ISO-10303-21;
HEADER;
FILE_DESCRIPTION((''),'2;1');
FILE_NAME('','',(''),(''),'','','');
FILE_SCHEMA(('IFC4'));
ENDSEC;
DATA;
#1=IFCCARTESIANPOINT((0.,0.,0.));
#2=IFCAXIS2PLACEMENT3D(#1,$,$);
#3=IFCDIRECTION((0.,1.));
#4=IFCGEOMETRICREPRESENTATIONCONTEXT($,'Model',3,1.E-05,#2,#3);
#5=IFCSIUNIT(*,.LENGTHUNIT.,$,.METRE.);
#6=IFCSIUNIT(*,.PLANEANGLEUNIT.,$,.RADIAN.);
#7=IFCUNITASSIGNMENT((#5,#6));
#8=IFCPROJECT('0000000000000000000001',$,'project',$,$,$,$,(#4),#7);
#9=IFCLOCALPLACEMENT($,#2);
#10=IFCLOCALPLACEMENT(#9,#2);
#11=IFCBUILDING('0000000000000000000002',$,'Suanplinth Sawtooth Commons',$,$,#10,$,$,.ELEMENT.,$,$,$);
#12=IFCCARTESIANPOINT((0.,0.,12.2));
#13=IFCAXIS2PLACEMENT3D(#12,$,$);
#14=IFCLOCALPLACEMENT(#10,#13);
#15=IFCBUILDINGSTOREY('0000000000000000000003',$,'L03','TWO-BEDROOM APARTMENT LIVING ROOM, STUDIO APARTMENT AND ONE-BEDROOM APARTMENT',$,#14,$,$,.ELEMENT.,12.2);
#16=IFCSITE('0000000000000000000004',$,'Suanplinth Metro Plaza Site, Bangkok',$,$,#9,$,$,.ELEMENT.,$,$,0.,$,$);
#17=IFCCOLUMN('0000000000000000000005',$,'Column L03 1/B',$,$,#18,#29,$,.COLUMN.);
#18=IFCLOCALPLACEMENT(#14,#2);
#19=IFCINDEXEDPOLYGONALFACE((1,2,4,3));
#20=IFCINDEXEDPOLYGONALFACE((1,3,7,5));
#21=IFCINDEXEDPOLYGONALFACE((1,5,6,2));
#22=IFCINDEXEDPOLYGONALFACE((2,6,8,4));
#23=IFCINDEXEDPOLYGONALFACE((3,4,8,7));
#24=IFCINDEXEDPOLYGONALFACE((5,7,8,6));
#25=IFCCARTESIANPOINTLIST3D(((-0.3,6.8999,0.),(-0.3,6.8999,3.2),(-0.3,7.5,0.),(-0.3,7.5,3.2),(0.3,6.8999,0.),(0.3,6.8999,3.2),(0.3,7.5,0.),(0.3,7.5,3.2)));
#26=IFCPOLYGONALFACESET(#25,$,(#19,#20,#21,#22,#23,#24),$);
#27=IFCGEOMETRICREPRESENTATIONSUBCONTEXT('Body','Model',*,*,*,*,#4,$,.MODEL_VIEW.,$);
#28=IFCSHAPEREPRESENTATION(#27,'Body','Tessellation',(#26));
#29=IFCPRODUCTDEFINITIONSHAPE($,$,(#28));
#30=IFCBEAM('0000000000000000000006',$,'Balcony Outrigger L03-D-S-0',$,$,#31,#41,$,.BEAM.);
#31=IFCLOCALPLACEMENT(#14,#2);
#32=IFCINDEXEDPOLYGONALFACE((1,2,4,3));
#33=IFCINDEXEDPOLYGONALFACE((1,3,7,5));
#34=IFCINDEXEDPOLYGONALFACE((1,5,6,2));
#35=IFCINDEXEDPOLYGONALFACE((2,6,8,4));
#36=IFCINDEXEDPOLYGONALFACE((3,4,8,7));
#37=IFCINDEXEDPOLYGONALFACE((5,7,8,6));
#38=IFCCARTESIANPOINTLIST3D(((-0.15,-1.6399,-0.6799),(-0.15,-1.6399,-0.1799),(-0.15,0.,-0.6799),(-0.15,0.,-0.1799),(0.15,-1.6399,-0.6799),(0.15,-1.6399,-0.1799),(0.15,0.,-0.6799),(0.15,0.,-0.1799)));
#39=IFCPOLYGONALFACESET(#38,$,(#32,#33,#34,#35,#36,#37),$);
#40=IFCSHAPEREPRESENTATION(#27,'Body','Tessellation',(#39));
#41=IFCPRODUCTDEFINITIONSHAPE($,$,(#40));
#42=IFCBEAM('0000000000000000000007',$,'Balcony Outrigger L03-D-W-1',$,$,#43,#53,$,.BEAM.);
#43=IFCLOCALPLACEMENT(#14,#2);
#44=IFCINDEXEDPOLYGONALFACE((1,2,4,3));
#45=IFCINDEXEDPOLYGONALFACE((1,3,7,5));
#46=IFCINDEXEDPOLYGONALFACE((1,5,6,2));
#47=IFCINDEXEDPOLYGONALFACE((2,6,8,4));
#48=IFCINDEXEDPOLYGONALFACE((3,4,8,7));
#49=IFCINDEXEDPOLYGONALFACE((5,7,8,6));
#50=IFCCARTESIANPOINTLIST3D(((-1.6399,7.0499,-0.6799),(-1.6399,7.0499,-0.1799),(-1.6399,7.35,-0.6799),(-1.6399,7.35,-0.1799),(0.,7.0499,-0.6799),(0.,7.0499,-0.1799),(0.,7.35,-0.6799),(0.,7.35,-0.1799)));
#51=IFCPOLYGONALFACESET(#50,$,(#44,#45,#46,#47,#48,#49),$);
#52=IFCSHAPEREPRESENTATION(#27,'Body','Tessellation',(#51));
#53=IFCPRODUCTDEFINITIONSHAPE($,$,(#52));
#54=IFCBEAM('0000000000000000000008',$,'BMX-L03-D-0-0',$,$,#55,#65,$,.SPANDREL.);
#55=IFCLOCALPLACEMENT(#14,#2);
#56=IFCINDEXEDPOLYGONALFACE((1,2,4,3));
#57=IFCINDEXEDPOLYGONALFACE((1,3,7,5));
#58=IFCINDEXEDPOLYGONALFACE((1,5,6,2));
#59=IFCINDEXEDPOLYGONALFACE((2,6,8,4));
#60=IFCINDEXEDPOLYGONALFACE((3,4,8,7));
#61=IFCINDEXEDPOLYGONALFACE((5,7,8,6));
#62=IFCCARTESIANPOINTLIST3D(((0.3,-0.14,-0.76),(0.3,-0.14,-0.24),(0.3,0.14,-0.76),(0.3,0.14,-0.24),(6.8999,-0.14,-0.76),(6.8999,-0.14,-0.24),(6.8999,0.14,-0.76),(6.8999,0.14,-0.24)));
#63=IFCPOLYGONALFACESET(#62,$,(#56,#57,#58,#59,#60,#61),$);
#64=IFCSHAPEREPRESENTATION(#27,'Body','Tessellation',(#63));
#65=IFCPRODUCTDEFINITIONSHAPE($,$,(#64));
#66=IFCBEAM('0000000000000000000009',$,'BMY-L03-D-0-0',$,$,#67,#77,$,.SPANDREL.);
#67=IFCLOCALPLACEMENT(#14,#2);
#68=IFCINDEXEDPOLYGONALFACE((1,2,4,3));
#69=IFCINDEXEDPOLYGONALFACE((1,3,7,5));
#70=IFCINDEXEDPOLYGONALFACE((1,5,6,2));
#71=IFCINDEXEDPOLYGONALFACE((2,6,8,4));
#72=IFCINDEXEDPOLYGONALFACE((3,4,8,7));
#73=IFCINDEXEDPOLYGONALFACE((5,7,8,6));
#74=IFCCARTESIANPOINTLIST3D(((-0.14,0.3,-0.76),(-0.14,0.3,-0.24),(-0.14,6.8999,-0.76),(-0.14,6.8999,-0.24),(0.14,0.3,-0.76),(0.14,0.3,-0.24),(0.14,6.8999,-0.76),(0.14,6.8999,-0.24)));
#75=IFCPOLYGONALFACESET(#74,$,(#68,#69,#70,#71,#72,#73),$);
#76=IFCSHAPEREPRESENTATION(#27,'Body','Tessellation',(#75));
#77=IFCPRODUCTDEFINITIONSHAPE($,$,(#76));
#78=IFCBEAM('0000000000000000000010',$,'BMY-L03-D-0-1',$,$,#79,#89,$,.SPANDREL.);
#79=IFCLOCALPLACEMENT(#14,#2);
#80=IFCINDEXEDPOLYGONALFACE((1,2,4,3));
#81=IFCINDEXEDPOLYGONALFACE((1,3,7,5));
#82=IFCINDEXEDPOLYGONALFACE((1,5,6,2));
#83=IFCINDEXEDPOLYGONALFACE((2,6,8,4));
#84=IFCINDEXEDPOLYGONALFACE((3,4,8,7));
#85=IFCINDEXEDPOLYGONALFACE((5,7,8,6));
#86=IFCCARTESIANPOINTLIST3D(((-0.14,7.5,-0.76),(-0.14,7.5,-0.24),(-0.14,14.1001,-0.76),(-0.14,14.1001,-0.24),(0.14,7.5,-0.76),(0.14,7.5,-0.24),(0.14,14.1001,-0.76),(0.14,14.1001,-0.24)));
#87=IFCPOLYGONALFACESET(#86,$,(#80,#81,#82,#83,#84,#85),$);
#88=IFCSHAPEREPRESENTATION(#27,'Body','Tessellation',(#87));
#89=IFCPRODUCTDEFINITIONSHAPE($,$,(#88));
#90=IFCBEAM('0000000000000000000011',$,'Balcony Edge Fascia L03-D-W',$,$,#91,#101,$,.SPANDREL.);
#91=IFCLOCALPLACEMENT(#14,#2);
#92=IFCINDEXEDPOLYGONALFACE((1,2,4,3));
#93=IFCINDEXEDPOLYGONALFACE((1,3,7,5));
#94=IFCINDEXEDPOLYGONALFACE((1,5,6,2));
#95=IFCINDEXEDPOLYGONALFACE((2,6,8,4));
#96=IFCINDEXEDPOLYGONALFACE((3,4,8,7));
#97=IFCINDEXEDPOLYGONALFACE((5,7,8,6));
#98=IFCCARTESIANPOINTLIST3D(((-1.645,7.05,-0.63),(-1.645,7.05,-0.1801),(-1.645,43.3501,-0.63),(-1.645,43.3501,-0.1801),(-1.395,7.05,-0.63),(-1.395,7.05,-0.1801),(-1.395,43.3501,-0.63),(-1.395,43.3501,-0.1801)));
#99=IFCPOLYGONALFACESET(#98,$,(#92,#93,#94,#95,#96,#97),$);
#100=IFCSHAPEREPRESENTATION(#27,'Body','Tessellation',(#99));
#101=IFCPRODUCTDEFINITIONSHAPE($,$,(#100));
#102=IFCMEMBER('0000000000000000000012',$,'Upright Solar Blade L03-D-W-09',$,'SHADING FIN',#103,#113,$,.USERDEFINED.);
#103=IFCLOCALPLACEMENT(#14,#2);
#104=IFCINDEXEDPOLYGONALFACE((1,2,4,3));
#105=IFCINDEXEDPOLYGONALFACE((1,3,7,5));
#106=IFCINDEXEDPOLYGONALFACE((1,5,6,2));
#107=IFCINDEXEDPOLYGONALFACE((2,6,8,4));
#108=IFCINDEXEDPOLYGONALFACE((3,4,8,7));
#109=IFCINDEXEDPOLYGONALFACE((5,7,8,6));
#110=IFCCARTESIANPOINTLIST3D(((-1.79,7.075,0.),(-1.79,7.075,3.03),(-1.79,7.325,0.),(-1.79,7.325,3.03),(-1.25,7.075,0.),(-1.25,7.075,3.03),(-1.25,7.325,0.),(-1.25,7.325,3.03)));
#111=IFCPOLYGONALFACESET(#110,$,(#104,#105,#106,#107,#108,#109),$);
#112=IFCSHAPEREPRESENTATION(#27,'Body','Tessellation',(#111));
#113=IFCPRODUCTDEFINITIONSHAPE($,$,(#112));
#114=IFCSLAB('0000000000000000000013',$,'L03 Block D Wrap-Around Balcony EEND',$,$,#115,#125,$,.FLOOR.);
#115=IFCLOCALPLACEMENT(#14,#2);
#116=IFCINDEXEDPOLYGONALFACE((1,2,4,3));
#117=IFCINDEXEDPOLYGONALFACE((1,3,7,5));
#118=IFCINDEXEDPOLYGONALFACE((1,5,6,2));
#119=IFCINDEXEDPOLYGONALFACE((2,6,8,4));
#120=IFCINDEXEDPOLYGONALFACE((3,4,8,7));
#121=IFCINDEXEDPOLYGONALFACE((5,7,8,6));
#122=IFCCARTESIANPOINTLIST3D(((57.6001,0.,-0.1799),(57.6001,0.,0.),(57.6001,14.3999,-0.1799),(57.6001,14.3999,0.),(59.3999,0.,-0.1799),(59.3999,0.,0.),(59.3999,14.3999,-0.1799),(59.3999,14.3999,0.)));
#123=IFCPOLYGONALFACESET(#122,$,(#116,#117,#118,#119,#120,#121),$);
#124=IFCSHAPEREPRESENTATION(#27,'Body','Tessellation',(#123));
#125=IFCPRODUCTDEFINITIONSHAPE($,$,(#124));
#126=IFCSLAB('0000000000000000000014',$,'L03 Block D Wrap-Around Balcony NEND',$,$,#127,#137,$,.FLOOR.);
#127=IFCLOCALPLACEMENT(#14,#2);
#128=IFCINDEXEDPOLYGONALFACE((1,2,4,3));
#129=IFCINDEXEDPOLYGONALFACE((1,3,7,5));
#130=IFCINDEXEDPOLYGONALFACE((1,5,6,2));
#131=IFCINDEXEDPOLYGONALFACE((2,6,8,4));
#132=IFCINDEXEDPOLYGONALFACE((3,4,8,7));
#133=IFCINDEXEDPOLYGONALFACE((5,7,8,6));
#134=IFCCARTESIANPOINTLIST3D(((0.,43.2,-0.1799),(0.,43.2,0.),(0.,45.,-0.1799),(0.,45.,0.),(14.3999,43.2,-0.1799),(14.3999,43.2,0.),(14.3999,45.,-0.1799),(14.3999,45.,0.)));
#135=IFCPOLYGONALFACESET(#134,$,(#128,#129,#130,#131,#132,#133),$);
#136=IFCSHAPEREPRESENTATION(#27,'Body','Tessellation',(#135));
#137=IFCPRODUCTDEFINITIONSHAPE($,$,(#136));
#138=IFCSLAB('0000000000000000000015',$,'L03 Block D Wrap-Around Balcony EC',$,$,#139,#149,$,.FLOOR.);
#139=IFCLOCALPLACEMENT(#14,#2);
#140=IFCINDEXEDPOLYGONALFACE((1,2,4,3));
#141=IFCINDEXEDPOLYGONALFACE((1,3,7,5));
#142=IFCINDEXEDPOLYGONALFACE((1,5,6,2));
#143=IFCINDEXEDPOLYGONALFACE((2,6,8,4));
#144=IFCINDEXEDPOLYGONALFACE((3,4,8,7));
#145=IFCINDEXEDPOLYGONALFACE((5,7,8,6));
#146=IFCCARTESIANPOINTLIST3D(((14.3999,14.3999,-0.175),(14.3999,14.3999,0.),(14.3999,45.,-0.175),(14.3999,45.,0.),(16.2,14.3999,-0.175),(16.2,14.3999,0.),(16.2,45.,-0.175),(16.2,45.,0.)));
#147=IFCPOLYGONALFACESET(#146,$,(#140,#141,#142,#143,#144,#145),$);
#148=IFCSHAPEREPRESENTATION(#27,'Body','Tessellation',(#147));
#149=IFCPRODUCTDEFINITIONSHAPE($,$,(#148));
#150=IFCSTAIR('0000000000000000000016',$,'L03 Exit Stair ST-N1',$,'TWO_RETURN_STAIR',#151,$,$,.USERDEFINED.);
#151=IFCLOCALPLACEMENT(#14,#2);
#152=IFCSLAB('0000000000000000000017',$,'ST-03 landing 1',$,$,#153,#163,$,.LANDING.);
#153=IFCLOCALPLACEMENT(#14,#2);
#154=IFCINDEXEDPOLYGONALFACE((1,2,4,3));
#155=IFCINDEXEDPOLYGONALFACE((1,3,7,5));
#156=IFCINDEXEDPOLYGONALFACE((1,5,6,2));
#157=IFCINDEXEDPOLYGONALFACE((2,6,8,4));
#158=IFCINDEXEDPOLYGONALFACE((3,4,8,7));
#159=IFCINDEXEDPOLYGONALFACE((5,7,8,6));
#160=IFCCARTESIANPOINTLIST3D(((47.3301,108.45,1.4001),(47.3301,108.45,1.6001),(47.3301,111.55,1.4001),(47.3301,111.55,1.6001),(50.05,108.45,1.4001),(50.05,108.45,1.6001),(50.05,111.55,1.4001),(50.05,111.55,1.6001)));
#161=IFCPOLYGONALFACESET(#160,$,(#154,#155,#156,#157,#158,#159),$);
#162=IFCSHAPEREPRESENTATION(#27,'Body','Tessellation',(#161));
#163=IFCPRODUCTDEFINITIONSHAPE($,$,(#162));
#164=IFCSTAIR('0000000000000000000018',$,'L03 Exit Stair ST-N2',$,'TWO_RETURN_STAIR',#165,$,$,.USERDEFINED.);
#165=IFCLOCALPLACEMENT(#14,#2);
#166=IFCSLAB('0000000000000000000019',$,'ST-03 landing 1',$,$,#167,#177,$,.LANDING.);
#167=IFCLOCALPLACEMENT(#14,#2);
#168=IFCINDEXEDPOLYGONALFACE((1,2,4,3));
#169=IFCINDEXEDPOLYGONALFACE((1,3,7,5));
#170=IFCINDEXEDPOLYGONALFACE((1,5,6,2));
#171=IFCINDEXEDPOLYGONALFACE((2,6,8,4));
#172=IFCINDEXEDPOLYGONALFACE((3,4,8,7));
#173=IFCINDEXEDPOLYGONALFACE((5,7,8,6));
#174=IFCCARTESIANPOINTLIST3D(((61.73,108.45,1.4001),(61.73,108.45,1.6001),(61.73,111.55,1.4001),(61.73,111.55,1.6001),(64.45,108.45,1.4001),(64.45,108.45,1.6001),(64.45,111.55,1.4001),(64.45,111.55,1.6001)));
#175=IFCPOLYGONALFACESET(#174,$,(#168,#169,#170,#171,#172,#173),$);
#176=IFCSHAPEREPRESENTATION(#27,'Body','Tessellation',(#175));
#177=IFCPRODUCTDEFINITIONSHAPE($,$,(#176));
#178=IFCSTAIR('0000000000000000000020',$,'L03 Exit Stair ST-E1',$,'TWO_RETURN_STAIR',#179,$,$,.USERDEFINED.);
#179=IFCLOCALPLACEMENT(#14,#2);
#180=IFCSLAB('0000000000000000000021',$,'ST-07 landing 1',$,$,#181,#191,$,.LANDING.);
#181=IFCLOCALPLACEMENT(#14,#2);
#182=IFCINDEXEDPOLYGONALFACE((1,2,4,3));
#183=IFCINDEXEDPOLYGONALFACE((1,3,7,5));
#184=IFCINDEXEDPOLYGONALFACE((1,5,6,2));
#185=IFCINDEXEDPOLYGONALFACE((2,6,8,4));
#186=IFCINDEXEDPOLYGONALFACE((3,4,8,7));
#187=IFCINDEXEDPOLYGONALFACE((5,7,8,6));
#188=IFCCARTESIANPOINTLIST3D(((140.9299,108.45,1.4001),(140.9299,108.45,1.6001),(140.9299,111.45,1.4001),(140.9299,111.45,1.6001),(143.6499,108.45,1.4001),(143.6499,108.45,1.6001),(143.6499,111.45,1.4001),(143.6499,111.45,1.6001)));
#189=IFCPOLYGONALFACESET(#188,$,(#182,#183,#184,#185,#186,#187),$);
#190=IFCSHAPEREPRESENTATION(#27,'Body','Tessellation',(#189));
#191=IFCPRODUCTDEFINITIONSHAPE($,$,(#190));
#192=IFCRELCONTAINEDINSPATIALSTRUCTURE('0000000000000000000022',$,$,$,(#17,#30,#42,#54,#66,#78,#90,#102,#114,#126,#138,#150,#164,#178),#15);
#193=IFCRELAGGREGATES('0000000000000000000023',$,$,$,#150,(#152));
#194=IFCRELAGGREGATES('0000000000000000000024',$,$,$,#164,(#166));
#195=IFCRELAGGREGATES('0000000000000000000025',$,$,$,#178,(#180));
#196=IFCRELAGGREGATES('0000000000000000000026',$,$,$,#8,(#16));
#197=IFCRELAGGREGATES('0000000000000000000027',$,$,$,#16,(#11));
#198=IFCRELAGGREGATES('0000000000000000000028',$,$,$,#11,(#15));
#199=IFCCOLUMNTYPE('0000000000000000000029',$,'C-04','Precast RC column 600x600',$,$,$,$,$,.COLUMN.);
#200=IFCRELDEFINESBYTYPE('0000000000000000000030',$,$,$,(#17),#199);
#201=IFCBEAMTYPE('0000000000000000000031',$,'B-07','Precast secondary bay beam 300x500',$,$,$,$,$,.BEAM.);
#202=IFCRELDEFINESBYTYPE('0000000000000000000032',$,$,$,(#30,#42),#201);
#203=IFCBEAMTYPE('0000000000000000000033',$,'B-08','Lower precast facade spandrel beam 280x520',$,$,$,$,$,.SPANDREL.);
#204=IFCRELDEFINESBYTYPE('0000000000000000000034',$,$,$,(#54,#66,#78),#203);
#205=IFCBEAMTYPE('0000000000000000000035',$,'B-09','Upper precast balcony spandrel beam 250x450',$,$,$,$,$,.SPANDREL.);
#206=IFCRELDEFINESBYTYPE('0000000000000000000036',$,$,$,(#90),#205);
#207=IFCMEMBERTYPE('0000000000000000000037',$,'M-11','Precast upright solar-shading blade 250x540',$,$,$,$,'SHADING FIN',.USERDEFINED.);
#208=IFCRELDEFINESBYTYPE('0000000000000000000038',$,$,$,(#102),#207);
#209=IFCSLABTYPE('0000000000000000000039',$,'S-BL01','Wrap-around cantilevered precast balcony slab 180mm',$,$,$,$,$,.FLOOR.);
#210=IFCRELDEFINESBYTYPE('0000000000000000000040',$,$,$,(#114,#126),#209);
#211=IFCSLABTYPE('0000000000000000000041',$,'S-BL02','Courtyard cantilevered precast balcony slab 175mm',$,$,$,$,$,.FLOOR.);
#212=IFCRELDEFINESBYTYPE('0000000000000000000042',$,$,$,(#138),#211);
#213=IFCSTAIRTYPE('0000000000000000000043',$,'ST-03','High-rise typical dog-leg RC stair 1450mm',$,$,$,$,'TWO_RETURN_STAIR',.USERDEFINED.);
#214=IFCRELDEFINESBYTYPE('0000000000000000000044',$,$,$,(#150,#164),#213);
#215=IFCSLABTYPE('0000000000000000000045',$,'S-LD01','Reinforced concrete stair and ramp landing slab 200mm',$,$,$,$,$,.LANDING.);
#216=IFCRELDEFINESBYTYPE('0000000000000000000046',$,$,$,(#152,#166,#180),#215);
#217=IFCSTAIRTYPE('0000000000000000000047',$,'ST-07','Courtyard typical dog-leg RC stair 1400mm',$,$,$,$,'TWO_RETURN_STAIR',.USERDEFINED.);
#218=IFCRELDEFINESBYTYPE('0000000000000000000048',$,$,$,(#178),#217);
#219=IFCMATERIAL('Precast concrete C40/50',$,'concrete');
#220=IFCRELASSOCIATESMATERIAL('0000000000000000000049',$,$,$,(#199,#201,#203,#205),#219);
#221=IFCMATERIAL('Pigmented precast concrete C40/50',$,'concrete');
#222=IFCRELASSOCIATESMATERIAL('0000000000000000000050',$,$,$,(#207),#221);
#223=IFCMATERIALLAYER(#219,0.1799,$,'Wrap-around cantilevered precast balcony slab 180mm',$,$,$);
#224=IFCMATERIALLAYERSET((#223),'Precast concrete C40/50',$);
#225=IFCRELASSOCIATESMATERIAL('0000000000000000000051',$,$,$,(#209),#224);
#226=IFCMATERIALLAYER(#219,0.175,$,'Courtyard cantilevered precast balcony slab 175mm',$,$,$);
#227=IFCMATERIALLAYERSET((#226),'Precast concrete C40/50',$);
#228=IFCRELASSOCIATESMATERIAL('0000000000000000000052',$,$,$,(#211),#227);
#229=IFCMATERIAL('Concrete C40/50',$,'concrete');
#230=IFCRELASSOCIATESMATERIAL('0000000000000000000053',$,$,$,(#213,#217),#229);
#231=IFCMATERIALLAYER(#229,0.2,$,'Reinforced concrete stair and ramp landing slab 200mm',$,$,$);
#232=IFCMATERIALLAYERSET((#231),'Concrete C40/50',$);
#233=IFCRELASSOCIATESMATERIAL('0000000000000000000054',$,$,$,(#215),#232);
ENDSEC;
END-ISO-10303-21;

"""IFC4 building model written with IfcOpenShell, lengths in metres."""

from ifc_helpers import new_model, si_unit, direction, frame, origin, origin_2d, place, context, subcontext, project, spatial, polyline, rectangle, outline, extrude, material, layer, layer_set, material_profile, profile_set, type_object, element, aggregate, save


model = new_model("IFC4")

# Units and contexts
model_context = context("Model", 3, precision=1e-05, world=origin(), true_north=direction((0.0, 1.0)))
body_context = subcontext(model_context, "Body", "Model", "MODEL_VIEW")
ifc_project = project(units=[si_unit("LENGTHUNIT", "METRE"), si_unit("PLANEANGLEUNIT", "RADIAN")], contexts=[model_context])

# Site, building, storey
site_placement = place(None, origin())
site = spatial("IfcSite", under=ifc_project, at=site_placement, Name="Suanplinth Metro Plaza Site, Bangkok", CompositionType="ELEMENT", RefElevation=0.0)
building_placement = place(site_placement, origin())
building = spatial("IfcBuilding", under=site, at=building_placement, Name="Suanplinth Sawtooth Commons", CompositionType="ELEMENT")
storey_placement = place(building_placement, frame((0.0, 0.0, 12.2)))
storey = spatial("IfcBuildingStorey", under=building, at=storey_placement, Name="L03", Description="TWO-BEDROOM APARTMENT LIVING ROOM, STUDIO APARTMENT AND ONE-BEDROOM APARTMENT", CompositionType="ELEMENT", Elevation=12.2)

# Column
ifc_material_1 = material(Name="Precast concrete C40/50", Category="concrete")
ifc_material_profile_1 = material_profile(ifc_material_1, rectangle(XDim=0.6001, YDim=0.6001, at=origin_2d()), Name="PC-COL 600x600")
ifc_profile_set_1 = profile_set([ifc_material_profile_1], Name="Precast concrete C40/50")
column_type = type_object("IfcColumnType", Name="C-04", Description="Precast RC column 600x600", PredefinedType="COLUMN", material=ifc_profile_set_1)
column_placement = place(storey_placement, frame((0.0, 7.2, 0.0), z_axis=(0.0, 0.0, 1.0), x_axis=(1.0, 0.0, 0.0)))
element("IfcColumn", 1, at=column_placement, inside=storey, type_object=column_type, Name="Column L03 1/B", PredefinedType="COLUMN", context=body_context, shape_type="SweptSolid", body=[
    extrude(rectangle(XDim=0.6001, YDim=0.6001, at=origin_2d()), origin(), (0.0, 0.0, 1.0), 3.2),
])

# Beams
ifc_material_profile_2 = material_profile(ifc_material_1, rectangle(XDim=0.3, YDim=0.5, at=origin_2d()), Name="PC-BM 300x500")
ifc_profile_set_2 = profile_set([ifc_material_profile_2], Name="Precast concrete C40/50")
beam_type_1 = type_object("IfcBeamType", Name="B-07", Description="Precast secondary bay beam 300x500", PredefinedType="BEAM", material=ifc_profile_set_2)
for number, where, z_axis, x_axis, name in (
    (2, (0.0, 0.0, -0.4299), (0.0, -1.0, 0.0), (1.0, 0.0, 0.0), "Balcony Outrigger L03-D-S-0"),
    (3, (0.0, 7.2, -0.4299), (-1.0, 0.0, 0.0), (0.0, -1.0, 0.0), "Balcony Outrigger L03-D-W-1"),
):
    element("IfcBeam", number, at=place(storey_placement, frame(where, z_axis=z_axis, x_axis=x_axis)), inside=storey, type_object=beam_type_1, Name=name, PredefinedType="BEAM", context=body_context, shape_type="SweptSolid", body=[
        extrude(rectangle(XDim=0.3, YDim=0.5, at=origin_2d()), origin(), (0.0, 0.0, 1.0), 1.6399),
    ])
ifc_material_profile_3 = material_profile(ifc_material_1, rectangle(XDim=0.28, YDim=0.52, at=origin_2d()), Name="PC-SP 280x520")
ifc_profile_set_3 = profile_set([ifc_material_profile_3], Name="Precast concrete C40/50")
beam_type_2 = type_object("IfcBeamType", Name="B-08", Description="Lower precast facade spandrel beam 280x520", PredefinedType="SPANDREL", material=ifc_profile_set_3)
for number, where, z_axis, x_axis, name in (
    (4, (0.3, 0.0, -0.5), (1.0, 0.0, 0.0), (0.0, 1.0, 0.0), "BMX-L03-D-0-0"),
    (5, (0.0, 0.3, -0.5), (0.0, 1.0, 0.0), (-1.0, 0.0, 0.0), "BMY-L03-D-0-0"),
):
    element("IfcBeam", number, at=place(storey_placement, frame(where, z_axis=z_axis, x_axis=x_axis)), inside=storey, type_object=beam_type_2, Name=name, PredefinedType="SPANDREL", context=body_context, shape_type="SweptSolid", body=[
        extrude(rectangle(XDim=0.28, YDim=0.52, at=origin_2d()), origin(), (0.0, 0.0, 1.0), 6.5999),
    ])
beam_1_placement = place(storey_placement, frame((0.0, 7.5, -0.5), z_axis=(0.0, 1.0, 0.0), x_axis=(-1.0, 0.0, 0.0)))
element("IfcBeam", 6, at=beam_1_placement, inside=storey, type_object=beam_type_2, Name="BMY-L03-D-0-1", PredefinedType="SPANDREL", context=body_context, shape_type="SweptSolid", body=[
    extrude(rectangle(XDim=0.28, YDim=0.52, at=origin_2d()), origin(), (0.0, 0.0, 1.0), 6.6001),
])
ifc_material_profile_4 = material_profile(ifc_material_1, rectangle(XDim=0.25, YDim=0.45, at=origin_2d()), Name="PC-SP 250x450")
ifc_profile_set_4 = profile_set([ifc_material_profile_4], Name="Precast concrete C40/50")
beam_type_3 = type_object("IfcBeamType", Name="B-09", Description="Upper precast balcony spandrel beam 250x450", PredefinedType="SPANDREL", material=ifc_profile_set_4)
beam_2_placement = place(storey_placement, frame((-1.52, 7.05, -0.405), z_axis=(0.0, 1.0, 0.0), x_axis=(-1.0, 0.0, 0.0)))
element("IfcBeam", 7, at=beam_2_placement, inside=storey, type_object=beam_type_3, Name="Balcony Edge Fascia L03-D-W", PredefinedType="SPANDREL", context=body_context, shape_type="SweptSolid", body=[
    extrude(rectangle(XDim=0.25, YDim=0.45, at=origin_2d()), origin(), (0.0, 0.0, 1.0), 36.3),
])

# Member
ifc_material_2 = material(Name="Pigmented precast concrete C40/50", Category="concrete")
ifc_material_profile_5 = material_profile(ifc_material_2, rectangle(XDim=0.25, YDim=0.54, at=origin_2d()), Name="PC-FIN 250x540")
ifc_profile_set_5 = profile_set([ifc_material_profile_5], Name="Pigmented precast concrete C40/50")
member_type = type_object("IfcMemberType", Name="M-11", Description="Precast upright solar-shading blade 250x540", ElementType="SHADING FIN", PredefinedType="USERDEFINED", material=ifc_profile_set_5)
member_placement = place(storey_placement, frame((-1.52, 7.2, 0.0), z_axis=(0.0, 0.0, 1.0), x_axis=(0.0, 1.0, 0.0)))
element("IfcMember", 8, at=member_placement, inside=storey, type_object=member_type, Name="Upright Solar Blade L03-D-W-09", ObjectType="SHADING FIN", PredefinedType="USERDEFINED", context=body_context, shape_type="SweptSolid", body=[
    extrude(rectangle(XDim=0.25, YDim=0.54, at=origin_2d()), origin(), (0.0, 0.0, 1.0), 3.03),
])

# Slabs
ifc_layer_1 = layer(ifc_material_1, 0.1799, Name="Wrap-around cantilevered precast balcony slab 180mm")
ifc_layer_set_1 = layer_set([ifc_layer_1], Name="Precast concrete C40/50")
slab_type_1 = type_object("IfcSlabType", Name="S-BL01", Description="Wrap-around cantilevered precast balcony slab 180mm", PredefinedType="FLOOR", material=ifc_layer_set_1)
slab_1_placement = place(storey_placement, frame((0.0, 0.0, -0.1799)))
element("IfcSlab", 9, at=slab_1_placement, inside=storey, type_object=slab_type_1, Name="L03 Block D Wrap-Around Balcony EEND", PredefinedType="FLOOR", context=body_context, shape_type="SweptSolid", body=[
    extrude(outline(polyline([(59.3999, 14.3999), (59.3999, 0.0), (57.6001, 0.0), (57.6001, 14.3999), (59.3999, 14.3999)])), origin(), (0.0, 0.0, 1.0), 0.1799),
])
slab_2_placement = place(storey_placement, frame((0.0, 0.0, -0.1799)))
element("IfcSlab", 10, at=slab_2_placement, inside=storey, type_object=slab_type_1, Name="L03 Block D Wrap-Around Balcony NEND", PredefinedType="FLOOR", context=body_context, shape_type="SweptSolid", body=[
    extrude(outline(polyline([(0.0, 45.0), (14.3999, 45.0), (14.3999, 43.2), (0.0, 43.2), (0.0, 45.0)])), origin(), (0.0, 0.0, 1.0), 0.1799),
])
ifc_layer_2 = layer(ifc_material_1, 0.175, Name="Courtyard cantilevered precast balcony slab 175mm")
ifc_layer_set_2 = layer_set([ifc_layer_2], Name="Precast concrete C40/50")
slab_type_2 = type_object("IfcSlabType", Name="S-BL02", Description="Courtyard cantilevered precast balcony slab 175mm", PredefinedType="FLOOR", material=ifc_layer_set_2)
slab_3_placement = place(storey_placement, frame((0.0, 0.0, -0.175)))
element("IfcSlab", 11, at=slab_3_placement, inside=storey, type_object=slab_type_2, Name="L03 Block D Wrap-Around Balcony EC", PredefinedType="FLOOR", context=body_context, shape_type="SweptSolid", body=[
    extrude(outline(polyline([(14.3999, 45.0), (16.2, 45.0), (16.2, 14.3999), (14.3999, 14.3999), (14.3999, 45.0)])), origin(), (0.0, 0.0, 1.0), 0.175),
])

# Stairs, slabs
ifc_material_3 = material(Name="Concrete C40/50", Category="concrete")
stair_type_1 = type_object("IfcStairType", Name="ST-03", Description="High-rise typical dog-leg RC stair 1450mm", ElementType="TWO_RETURN_STAIR", PredefinedType="USERDEFINED", material=ifc_material_3)
stair_1_placement = place(storey_placement, origin())
stair_1 = element("IfcStair", 12, at=stair_1_placement, inside=storey, type_object=stair_type_1, Name="L03 Exit Stair ST-N1", ObjectType="TWO_RETURN_STAIR", PredefinedType="USERDEFINED")
ifc_layer_3 = layer(ifc_material_3, 0.2, Name="Reinforced concrete stair and ramp landing slab 200mm")
ifc_layer_set_3 = layer_set([ifc_layer_3], Name="Concrete C40/50")
slab_type_3 = type_object("IfcSlabType", Name="S-LD01", Description="Reinforced concrete stair and ramp landing slab 200mm", PredefinedType="LANDING", material=ifc_layer_set_3)
slab_4_placement = place(storey_placement, frame((0.0, 0.0, 1.4001)))
slab_4 = element("IfcSlab", 13, at=slab_4_placement, type_object=slab_type_3, Name="ST-03 landing 1", PredefinedType="LANDING", context=body_context, shape_type="SweptSolid", body=[
    extrude(outline(polyline([(47.3301, 108.45), (50.05, 108.45), (50.05, 111.55), (47.3301, 111.55), (47.3301, 108.45)])), origin(), (0.0, 0.0, 1.0), 0.2),
])
aggregate(stair_1, [slab_4])
stair_2_placement = place(storey_placement, origin())
stair_2 = element("IfcStair", 14, at=stair_2_placement, inside=storey, type_object=stair_type_1, Name="L03 Exit Stair ST-N2", ObjectType="TWO_RETURN_STAIR", PredefinedType="USERDEFINED")
slab_5_placement = place(storey_placement, frame((0.0, 0.0, 1.4001)))
slab_5 = element("IfcSlab", 15, at=slab_5_placement, type_object=slab_type_3, Name="ST-03 landing 1", PredefinedType="LANDING", context=body_context, shape_type="SweptSolid", body=[
    extrude(outline(polyline([(61.73, 108.45), (64.45, 108.45), (64.45, 111.55), (61.73, 111.55), (61.73, 108.45)])), origin(), (0.0, 0.0, 1.0), 0.2),
])
aggregate(stair_2, [slab_5])
stair_type_2 = type_object("IfcStairType", Name="ST-07", Description="Courtyard typical dog-leg RC stair 1400mm", ElementType="TWO_RETURN_STAIR", PredefinedType="USERDEFINED", material=ifc_material_3)
stair_3_placement = place(storey_placement, origin())
stair_3 = element("IfcStair", 16, at=stair_3_placement, inside=storey, type_object=stair_type_2, Name="L03 Exit Stair ST-E1", ObjectType="TWO_RETURN_STAIR", PredefinedType="USERDEFINED")
slab_6_placement = place(storey_placement, frame((0.0, 0.0, 1.4001)))
slab_6 = element("IfcSlab", 17, at=slab_6_placement, type_object=slab_type_3, Name="ST-07 landing 1", PredefinedType="LANDING", context=body_context, shape_type="SweptSolid", body=[
    extrude(outline(polyline([(140.9299, 108.45), (143.6499, 108.45), (143.6499, 111.45), (140.9299, 111.45), (140.9299, 108.45)])), origin(), (0.0, 0.0, 1.0), 0.2),
])
aggregate(stair_3, [slab_6])

save(model, "model.ifc")
